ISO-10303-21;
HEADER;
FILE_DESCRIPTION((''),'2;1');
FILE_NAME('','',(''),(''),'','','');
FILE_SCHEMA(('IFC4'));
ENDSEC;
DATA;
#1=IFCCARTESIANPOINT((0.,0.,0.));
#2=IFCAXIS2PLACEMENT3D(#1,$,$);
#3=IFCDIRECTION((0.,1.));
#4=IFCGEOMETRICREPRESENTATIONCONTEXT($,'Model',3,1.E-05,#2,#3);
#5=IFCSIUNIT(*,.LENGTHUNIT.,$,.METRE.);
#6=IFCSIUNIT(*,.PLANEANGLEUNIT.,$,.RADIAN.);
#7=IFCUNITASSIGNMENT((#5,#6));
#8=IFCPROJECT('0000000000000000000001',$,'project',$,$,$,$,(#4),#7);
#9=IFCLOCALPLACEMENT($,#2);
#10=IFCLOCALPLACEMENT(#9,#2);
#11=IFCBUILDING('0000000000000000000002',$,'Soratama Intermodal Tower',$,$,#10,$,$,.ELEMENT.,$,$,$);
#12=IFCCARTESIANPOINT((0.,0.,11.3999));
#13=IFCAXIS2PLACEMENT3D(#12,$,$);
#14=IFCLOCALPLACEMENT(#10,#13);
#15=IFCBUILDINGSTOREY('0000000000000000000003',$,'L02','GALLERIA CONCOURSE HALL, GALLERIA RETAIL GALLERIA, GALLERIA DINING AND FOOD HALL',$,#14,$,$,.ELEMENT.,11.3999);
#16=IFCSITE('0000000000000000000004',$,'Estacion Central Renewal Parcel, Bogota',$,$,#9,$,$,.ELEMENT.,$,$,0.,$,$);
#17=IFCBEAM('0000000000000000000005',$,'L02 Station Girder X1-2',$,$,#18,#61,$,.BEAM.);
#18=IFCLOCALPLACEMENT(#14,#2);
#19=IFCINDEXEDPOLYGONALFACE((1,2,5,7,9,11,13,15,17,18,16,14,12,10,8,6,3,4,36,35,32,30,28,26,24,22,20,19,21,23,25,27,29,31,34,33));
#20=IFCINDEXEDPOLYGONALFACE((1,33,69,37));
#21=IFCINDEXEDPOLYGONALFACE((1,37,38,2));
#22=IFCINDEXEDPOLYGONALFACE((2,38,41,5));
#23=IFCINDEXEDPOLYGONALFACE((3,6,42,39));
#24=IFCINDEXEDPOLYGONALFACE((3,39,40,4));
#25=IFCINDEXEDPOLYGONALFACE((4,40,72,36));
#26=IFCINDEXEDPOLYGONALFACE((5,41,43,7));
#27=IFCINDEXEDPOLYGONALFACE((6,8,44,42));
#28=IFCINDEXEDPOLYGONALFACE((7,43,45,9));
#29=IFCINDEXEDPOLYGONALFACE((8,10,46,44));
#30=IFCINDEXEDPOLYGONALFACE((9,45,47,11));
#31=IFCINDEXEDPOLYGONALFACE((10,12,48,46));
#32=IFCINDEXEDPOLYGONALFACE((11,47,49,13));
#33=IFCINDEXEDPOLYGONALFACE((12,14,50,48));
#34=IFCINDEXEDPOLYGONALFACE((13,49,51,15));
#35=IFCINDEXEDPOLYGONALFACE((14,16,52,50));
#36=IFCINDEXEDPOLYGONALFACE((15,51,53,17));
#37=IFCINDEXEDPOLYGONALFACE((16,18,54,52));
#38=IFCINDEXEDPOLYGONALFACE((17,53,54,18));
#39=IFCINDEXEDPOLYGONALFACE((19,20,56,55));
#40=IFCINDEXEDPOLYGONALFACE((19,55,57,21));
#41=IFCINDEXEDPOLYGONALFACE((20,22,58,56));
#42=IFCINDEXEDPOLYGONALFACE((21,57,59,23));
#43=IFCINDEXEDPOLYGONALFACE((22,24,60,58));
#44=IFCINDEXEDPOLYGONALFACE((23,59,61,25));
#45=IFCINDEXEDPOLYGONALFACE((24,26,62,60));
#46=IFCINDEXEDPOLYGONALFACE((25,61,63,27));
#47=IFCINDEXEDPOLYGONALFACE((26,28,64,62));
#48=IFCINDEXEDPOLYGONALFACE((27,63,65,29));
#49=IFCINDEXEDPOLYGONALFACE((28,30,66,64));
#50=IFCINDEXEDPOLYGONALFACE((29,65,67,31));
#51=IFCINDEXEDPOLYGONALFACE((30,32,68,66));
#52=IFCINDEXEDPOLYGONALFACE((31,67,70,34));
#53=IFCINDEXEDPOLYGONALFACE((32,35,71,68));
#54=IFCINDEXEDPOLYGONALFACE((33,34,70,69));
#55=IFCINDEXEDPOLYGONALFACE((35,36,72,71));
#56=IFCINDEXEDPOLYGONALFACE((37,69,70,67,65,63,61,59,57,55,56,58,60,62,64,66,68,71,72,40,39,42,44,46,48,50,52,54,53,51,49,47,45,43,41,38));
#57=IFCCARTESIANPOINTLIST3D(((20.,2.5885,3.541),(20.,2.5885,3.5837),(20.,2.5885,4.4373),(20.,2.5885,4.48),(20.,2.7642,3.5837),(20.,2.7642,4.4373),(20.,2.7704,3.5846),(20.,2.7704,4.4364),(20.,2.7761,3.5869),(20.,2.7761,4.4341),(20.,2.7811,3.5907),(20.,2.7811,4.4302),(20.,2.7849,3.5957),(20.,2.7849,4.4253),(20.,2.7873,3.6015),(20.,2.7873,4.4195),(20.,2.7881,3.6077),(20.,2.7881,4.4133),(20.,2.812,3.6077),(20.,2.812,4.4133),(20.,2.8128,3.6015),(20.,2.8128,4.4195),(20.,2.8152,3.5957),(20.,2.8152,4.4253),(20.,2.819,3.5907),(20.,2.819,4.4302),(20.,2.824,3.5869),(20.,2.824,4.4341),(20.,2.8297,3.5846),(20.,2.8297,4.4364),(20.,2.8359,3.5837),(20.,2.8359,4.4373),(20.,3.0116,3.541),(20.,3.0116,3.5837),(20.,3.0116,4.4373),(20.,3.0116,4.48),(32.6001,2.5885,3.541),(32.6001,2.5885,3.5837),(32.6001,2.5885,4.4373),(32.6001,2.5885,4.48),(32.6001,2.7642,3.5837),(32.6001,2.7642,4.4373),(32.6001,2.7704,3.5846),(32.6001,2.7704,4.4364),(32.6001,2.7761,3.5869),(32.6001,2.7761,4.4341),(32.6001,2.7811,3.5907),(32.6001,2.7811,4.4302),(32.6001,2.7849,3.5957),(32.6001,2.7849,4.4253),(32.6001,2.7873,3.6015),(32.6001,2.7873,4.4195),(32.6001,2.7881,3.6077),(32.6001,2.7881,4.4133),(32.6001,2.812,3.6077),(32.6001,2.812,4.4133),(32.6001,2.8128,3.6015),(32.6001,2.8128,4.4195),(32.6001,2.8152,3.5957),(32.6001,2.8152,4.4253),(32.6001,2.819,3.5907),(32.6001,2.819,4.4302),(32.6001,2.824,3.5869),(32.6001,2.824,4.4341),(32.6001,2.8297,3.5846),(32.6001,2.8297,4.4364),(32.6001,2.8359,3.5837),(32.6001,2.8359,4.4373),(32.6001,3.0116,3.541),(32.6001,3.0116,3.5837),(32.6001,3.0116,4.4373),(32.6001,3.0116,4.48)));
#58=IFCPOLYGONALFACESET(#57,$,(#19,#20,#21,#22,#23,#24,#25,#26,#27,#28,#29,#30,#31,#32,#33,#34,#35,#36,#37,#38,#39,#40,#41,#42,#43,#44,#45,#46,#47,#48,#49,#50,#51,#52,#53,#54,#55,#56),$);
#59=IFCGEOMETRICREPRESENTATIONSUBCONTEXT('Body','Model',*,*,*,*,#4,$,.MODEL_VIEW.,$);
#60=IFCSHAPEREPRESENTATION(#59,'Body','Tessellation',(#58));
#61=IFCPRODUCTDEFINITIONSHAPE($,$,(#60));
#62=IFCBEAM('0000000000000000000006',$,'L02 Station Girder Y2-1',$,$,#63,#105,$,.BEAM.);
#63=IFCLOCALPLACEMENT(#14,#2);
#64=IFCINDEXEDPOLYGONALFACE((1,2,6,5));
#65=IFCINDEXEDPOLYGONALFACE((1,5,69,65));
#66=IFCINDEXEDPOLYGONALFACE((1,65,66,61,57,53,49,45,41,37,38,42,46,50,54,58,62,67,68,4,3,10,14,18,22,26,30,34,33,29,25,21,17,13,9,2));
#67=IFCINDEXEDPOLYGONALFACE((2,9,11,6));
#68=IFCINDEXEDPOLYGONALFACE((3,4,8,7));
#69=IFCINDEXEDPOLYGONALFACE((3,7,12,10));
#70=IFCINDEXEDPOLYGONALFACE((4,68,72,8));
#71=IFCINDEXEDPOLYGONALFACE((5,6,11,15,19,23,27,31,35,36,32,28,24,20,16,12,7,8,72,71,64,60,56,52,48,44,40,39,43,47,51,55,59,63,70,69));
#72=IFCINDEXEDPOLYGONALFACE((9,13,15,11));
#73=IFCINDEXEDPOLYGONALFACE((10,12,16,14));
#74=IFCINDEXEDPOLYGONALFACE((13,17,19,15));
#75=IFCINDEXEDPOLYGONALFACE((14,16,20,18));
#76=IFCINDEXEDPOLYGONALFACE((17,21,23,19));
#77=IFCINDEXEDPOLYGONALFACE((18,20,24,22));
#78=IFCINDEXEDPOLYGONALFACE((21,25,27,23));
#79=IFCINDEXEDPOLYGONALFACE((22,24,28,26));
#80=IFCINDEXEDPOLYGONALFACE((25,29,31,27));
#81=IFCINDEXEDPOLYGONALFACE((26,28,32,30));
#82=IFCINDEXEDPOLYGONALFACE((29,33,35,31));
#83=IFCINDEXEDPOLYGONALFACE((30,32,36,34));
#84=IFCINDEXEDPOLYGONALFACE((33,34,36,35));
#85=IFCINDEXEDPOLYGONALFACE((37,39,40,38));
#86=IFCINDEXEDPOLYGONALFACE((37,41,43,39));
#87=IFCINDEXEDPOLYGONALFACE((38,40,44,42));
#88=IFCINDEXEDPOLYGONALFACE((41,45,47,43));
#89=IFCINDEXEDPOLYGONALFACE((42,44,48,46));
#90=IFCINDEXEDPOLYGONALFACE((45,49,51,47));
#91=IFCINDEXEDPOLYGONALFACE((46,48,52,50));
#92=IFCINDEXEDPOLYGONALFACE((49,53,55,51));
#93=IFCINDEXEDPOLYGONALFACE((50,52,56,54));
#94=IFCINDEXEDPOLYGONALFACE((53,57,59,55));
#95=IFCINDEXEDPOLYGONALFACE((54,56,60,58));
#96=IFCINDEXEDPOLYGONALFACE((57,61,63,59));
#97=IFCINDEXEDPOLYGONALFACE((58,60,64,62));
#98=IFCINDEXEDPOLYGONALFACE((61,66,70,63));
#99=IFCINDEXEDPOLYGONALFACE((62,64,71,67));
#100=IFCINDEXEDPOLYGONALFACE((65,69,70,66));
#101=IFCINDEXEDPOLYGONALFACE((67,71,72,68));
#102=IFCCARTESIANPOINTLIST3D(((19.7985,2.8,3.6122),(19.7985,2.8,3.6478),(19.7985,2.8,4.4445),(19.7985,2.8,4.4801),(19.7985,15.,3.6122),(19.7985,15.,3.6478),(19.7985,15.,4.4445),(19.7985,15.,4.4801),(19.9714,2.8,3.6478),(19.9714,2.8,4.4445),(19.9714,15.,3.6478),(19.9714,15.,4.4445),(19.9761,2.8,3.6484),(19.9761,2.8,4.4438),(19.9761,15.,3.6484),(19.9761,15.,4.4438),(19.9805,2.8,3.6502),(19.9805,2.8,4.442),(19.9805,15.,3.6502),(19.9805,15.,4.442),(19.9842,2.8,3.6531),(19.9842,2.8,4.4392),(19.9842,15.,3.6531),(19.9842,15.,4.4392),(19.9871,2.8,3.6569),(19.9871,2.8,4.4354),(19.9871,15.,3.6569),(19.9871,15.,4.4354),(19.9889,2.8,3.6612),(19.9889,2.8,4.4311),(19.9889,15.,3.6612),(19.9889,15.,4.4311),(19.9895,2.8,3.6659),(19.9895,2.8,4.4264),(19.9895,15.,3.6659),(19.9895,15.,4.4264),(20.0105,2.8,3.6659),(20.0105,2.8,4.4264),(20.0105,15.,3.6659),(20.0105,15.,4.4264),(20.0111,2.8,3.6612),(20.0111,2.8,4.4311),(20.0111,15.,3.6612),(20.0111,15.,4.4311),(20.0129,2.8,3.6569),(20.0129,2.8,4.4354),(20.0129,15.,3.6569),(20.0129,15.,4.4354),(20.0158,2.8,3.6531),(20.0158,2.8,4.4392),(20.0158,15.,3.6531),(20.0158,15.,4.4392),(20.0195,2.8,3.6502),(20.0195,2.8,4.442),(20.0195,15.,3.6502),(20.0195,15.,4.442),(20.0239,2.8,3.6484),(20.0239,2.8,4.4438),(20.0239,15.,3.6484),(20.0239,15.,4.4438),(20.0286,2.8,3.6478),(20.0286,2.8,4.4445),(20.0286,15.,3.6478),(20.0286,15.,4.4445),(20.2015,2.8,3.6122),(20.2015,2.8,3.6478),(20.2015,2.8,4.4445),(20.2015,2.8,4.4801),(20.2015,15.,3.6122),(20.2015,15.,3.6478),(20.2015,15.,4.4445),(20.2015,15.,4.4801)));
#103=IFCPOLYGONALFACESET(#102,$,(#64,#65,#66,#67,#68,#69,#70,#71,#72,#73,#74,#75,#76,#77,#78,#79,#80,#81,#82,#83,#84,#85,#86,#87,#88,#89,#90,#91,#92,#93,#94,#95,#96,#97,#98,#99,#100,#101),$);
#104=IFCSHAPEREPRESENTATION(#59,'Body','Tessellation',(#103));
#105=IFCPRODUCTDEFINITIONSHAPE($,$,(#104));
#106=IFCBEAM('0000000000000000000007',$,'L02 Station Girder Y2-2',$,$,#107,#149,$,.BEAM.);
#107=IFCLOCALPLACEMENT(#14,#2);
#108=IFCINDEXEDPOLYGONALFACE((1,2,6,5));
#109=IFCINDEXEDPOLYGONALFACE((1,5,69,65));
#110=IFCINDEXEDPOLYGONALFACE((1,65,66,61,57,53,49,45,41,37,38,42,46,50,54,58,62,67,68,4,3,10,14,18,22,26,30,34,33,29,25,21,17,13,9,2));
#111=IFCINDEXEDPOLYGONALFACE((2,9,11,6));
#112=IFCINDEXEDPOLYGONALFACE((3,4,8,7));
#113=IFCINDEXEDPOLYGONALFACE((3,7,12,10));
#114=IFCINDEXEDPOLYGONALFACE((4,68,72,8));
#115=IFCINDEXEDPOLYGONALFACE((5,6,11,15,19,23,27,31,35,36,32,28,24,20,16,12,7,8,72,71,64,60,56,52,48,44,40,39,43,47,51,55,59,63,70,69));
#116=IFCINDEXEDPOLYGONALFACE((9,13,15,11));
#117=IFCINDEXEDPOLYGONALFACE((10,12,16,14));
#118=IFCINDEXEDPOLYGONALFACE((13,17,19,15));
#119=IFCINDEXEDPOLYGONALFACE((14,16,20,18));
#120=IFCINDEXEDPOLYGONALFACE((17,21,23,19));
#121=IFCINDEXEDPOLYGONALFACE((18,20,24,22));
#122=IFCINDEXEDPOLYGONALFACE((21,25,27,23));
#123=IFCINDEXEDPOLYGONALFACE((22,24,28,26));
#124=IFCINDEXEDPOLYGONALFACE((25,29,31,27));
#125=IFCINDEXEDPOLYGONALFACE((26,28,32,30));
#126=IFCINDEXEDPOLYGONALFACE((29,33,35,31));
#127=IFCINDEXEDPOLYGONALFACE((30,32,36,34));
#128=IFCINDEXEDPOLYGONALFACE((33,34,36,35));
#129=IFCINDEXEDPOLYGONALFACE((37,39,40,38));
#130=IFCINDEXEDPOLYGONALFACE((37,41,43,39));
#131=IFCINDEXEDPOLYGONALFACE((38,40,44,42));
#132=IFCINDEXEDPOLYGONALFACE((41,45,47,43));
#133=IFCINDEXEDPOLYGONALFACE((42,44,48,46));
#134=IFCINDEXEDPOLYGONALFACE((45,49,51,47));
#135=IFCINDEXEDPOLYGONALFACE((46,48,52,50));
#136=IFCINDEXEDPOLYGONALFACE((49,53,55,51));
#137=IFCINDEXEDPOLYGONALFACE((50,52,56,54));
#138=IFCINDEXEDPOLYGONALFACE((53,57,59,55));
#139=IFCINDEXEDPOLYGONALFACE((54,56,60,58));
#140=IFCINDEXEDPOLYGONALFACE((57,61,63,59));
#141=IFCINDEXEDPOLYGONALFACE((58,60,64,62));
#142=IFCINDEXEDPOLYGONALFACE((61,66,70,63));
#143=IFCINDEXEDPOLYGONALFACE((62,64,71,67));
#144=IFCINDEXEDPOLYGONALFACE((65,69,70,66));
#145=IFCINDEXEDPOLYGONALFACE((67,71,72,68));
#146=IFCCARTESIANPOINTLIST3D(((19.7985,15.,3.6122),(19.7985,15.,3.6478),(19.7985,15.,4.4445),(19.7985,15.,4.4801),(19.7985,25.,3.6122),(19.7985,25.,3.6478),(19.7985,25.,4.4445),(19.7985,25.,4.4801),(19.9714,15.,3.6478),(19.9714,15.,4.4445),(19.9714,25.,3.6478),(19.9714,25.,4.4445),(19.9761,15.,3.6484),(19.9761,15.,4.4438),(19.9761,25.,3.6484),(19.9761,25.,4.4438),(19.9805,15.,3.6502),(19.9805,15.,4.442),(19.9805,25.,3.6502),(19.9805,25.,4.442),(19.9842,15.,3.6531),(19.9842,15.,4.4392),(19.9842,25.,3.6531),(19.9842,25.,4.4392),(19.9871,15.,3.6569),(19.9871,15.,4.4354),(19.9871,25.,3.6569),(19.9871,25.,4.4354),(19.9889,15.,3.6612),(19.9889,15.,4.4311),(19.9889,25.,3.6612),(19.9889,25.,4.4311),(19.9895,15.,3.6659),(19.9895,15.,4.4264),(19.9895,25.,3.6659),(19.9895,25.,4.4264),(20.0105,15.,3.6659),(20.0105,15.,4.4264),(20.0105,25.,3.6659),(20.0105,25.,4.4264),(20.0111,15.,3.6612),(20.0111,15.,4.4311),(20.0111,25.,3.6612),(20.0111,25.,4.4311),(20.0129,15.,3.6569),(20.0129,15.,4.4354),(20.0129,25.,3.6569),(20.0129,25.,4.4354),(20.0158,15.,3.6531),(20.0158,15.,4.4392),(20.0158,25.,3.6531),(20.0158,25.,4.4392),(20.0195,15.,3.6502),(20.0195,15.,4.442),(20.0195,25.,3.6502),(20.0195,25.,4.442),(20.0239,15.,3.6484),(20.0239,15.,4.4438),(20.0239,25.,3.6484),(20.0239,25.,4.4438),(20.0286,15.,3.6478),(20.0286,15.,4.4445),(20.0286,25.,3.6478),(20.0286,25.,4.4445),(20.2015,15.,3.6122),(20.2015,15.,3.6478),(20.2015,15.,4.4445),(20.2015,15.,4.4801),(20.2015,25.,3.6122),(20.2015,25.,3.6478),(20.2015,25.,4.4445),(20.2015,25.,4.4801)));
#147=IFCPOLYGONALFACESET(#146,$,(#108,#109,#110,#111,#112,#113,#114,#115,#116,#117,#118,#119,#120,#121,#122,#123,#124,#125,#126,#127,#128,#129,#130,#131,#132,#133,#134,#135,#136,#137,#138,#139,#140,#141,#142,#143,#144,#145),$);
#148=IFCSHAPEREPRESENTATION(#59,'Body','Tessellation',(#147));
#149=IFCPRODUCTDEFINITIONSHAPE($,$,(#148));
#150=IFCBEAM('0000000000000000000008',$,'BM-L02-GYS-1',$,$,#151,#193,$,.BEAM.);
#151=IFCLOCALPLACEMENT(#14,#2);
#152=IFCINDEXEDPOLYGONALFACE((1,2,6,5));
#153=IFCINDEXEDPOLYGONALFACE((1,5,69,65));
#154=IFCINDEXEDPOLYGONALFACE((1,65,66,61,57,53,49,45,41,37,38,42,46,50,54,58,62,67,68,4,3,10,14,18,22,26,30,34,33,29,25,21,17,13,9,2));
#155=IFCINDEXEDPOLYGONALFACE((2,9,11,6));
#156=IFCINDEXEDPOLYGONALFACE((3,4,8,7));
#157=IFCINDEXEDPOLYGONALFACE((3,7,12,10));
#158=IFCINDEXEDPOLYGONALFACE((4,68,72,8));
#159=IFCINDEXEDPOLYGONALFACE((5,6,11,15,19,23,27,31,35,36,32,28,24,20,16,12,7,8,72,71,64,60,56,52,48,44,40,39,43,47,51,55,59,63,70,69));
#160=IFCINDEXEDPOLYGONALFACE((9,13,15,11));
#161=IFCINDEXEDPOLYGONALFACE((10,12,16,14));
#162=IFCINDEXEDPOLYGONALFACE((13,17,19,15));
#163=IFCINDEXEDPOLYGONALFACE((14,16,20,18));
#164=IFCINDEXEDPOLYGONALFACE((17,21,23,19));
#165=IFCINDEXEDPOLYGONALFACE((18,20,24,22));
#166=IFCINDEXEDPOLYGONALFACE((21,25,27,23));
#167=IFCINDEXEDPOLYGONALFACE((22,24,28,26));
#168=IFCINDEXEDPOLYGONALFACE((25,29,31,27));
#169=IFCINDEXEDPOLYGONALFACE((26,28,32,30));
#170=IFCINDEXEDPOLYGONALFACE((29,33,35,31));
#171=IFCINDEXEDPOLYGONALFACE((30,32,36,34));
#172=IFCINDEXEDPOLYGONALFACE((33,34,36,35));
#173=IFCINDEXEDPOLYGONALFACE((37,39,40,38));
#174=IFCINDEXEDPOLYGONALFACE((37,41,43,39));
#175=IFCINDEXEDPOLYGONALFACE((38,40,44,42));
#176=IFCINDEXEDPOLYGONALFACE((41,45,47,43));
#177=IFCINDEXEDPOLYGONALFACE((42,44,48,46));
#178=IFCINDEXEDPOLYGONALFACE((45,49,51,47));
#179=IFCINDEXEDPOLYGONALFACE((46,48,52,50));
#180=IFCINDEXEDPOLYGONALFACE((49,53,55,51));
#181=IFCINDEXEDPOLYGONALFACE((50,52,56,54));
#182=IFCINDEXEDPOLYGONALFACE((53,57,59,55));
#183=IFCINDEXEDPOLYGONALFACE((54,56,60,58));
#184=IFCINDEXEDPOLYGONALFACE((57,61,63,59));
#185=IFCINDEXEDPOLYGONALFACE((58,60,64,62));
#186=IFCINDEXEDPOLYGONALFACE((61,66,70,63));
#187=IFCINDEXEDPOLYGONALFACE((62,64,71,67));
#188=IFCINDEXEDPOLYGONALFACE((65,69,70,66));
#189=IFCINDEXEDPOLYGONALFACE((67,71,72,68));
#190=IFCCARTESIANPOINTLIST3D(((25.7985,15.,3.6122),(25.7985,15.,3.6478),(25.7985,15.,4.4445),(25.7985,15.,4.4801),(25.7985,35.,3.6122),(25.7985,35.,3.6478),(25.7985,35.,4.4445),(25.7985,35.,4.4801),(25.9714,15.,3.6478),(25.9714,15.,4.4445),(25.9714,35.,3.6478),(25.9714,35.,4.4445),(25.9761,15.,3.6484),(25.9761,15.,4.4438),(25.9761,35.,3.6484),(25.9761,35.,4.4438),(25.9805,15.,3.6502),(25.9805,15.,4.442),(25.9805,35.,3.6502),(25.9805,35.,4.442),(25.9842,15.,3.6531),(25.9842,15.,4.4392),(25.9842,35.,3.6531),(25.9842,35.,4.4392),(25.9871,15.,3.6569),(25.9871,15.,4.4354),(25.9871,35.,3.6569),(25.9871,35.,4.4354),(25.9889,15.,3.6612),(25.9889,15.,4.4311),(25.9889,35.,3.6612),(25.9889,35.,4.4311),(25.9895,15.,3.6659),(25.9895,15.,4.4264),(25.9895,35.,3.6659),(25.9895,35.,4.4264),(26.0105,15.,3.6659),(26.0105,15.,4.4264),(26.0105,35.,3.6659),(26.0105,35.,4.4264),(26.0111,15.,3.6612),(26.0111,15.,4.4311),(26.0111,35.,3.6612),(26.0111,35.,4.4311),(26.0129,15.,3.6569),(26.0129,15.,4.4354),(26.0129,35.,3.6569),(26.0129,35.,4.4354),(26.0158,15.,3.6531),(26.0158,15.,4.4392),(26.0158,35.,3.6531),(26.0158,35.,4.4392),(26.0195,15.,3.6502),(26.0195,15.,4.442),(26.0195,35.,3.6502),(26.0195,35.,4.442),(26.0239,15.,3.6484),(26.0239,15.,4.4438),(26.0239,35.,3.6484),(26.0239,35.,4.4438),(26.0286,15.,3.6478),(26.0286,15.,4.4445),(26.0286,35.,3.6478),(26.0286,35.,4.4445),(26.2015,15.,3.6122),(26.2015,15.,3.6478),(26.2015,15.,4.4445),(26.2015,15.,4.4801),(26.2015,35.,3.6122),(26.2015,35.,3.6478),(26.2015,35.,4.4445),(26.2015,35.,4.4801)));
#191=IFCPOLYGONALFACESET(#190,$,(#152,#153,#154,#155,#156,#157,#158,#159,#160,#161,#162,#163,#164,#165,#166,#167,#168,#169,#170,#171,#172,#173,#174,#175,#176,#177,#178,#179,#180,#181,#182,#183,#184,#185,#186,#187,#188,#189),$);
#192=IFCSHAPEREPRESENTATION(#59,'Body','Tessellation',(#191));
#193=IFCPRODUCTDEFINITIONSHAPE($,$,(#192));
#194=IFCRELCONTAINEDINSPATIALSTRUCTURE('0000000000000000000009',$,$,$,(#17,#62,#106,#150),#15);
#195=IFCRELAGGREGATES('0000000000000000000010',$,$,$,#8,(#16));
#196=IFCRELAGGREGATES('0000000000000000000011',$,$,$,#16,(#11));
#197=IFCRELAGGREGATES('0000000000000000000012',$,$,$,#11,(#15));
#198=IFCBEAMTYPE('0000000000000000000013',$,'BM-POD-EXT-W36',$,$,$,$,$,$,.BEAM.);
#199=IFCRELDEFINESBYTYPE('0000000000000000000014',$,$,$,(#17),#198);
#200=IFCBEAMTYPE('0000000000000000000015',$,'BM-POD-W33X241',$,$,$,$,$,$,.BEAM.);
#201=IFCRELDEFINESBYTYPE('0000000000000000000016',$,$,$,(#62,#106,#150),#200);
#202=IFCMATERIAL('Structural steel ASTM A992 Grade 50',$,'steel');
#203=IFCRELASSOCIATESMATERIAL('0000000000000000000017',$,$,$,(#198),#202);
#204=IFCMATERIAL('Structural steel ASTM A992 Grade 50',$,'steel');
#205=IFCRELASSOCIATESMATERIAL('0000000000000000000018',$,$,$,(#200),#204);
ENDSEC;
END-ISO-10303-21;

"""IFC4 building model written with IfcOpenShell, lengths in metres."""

from ifc_helpers import new_model, si_unit, direction, frame, origin, origin_2d, place, context, subcontext, project, spatial, i_section, extrude, material, material_profile, profile_set, type_object, element, save


model = new_model("IFC4")

# Units and contexts
model_context = context("Model", 3, precision=1e-05, world=origin(), true_north=direction((0.0, 1.0)))
body_context = subcontext(model_context, "Body", "Model", "MODEL_VIEW")
ifc_project = project(units=[si_unit("LENGTHUNIT", "METRE"), si_unit("PLANEANGLEUNIT", "RADIAN")], contexts=[model_context])

# Site, building, storey
site_placement = place(None, origin())
site = spatial("IfcSite", under=ifc_project, at=site_placement, Name="Estacion Central Renewal Parcel, Bogota", CompositionType="ELEMENT", RefElevation=0.0)
building_placement = place(site_placement, origin())
building = spatial("IfcBuilding", under=site, at=building_placement, Name="Soratama Intermodal Tower", CompositionType="ELEMENT")
storey_placement = place(building_placement, frame((0.0, 0.0, 11.3999)))
storey = spatial("IfcBuildingStorey", under=building, at=storey_placement, Name="L02", Description="GALLERIA CONCOURSE HALL, GALLERIA RETAIL GALLERIA, GALLERIA DINING AND FOOD HALL", CompositionType="ELEMENT", Elevation=11.3999)

# Beams
ifc_material_1 = material(Name="Structural steel ASTM A992 Grade 50", Category="steel")
ifc_material_profile_1 = material_profile(ifc_material_1, i_section(OverallWidth=0.4231, OverallDepth=0.939, WebThickness=0.0239, FlangeThickness=0.0427, FilletRadius=0.0239, at=origin_2d()), Name="W36X302")
ifc_profile_set_1 = profile_set([ifc_material_profile_1], Name="Structural steel ASTM A992 Grade 50")
beam_type_1 = type_object("IfcBeamType", Name="BM-POD-EXT-W36", PredefinedType="BEAM", material=ifc_profile_set_1)
beam_1_placement = place(storey_placement, frame((20.0, 2.8, 4.0105), z_axis=(1.0, 0.0, 0.0), x_axis=(0.0, 1.0, 0.0)))
element("IfcBeam", 1, at=beam_1_placement, inside=storey, type_object=beam_type_1, Name="L02 Station Girder X1-2", PredefinedType="BEAM", context=body_context, shape_type="SweptSolid", body=[
    extrude(i_section(OverallWidth=0.4231, OverallDepth=0.939, WebThickness=0.0239, FlangeThickness=0.0427, FilletRadius=0.0239, at=origin_2d()), origin(), (0.0, 0.0, 1.0), 12.6001),
])
ifc_material_2 = material(Name="Structural steel ASTM A992 Grade 50", Category="steel")
ifc_material_profile_2 = material_profile(ifc_material_2, i_section(OverallWidth=0.4031, OverallDepth=0.8679, WebThickness=0.021, FlangeThickness=0.0356, FilletRadius=0.0181, at=origin_2d()), Name="W33X241")
ifc_profile_set_2 = profile_set([ifc_material_profile_2], Name="Structural steel ASTM A992 Grade 50")
beam_type_2 = type_object("IfcBeamType", Name="BM-POD-W33X241", PredefinedType="BEAM", material=ifc_profile_set_2)
beam_2_placement = place(storey_placement, frame((20.0, 2.8, 4.0461), z_axis=(0.0, 1.0, 0.0), x_axis=(-1.0, 0.0, 0.0)))
element("IfcBeam", 2, at=beam_2_placement, inside=storey, type_object=beam_type_2, Name="L02 Station Girder Y2-1", PredefinedType="BEAM", context=body_context, shape_type="SweptSolid", body=[
    extrude(i_section(OverallWidth=0.4031, OverallDepth=0.8679, WebThickness=0.021, FlangeThickness=0.0356, FilletRadius=0.0181, at=origin_2d()), origin(), (0.0, 0.0, 1.0), 12.2),
])
beam_3_placement = place(storey_placement, frame((20.0, 15.0, 4.0461), z_axis=(0.0, 1.0, 0.0), x_axis=(-1.0, 0.0, 0.0)))
element("IfcBeam", 3, at=beam_3_placement, inside=storey, type_object=beam_type_2, Name="L02 Station Girder Y2-2", PredefinedType="BEAM", context=body_context, shape_type="SweptSolid", body=[
    extrude(i_section(OverallWidth=0.4031, OverallDepth=0.8679, WebThickness=0.021, FlangeThickness=0.0356, FilletRadius=0.0181, at=origin_2d()), origin(), (0.0, 0.0, 1.0), 10.0),
])
beam_4_placement = place(storey_placement, frame((26.0, 15.0, 4.0461), z_axis=(0.0, 1.0, 0.0), x_axis=(-1.0, 0.0, 0.0)))
element("IfcBeam", 4, at=beam_4_placement, inside=storey, type_object=beam_type_2, Name="BM-L02-GYS-1", PredefinedType="BEAM", context=body_context, shape_type="SweptSolid", body=[
    extrude(i_section(OverallWidth=0.4031, OverallDepth=0.8679, WebThickness=0.021, FlangeThickness=0.0356, FilletRadius=0.0181, at=origin_2d()), origin(), (0.0, 0.0, 1.0), 20.0),
])

save(model, "model.ifc")
